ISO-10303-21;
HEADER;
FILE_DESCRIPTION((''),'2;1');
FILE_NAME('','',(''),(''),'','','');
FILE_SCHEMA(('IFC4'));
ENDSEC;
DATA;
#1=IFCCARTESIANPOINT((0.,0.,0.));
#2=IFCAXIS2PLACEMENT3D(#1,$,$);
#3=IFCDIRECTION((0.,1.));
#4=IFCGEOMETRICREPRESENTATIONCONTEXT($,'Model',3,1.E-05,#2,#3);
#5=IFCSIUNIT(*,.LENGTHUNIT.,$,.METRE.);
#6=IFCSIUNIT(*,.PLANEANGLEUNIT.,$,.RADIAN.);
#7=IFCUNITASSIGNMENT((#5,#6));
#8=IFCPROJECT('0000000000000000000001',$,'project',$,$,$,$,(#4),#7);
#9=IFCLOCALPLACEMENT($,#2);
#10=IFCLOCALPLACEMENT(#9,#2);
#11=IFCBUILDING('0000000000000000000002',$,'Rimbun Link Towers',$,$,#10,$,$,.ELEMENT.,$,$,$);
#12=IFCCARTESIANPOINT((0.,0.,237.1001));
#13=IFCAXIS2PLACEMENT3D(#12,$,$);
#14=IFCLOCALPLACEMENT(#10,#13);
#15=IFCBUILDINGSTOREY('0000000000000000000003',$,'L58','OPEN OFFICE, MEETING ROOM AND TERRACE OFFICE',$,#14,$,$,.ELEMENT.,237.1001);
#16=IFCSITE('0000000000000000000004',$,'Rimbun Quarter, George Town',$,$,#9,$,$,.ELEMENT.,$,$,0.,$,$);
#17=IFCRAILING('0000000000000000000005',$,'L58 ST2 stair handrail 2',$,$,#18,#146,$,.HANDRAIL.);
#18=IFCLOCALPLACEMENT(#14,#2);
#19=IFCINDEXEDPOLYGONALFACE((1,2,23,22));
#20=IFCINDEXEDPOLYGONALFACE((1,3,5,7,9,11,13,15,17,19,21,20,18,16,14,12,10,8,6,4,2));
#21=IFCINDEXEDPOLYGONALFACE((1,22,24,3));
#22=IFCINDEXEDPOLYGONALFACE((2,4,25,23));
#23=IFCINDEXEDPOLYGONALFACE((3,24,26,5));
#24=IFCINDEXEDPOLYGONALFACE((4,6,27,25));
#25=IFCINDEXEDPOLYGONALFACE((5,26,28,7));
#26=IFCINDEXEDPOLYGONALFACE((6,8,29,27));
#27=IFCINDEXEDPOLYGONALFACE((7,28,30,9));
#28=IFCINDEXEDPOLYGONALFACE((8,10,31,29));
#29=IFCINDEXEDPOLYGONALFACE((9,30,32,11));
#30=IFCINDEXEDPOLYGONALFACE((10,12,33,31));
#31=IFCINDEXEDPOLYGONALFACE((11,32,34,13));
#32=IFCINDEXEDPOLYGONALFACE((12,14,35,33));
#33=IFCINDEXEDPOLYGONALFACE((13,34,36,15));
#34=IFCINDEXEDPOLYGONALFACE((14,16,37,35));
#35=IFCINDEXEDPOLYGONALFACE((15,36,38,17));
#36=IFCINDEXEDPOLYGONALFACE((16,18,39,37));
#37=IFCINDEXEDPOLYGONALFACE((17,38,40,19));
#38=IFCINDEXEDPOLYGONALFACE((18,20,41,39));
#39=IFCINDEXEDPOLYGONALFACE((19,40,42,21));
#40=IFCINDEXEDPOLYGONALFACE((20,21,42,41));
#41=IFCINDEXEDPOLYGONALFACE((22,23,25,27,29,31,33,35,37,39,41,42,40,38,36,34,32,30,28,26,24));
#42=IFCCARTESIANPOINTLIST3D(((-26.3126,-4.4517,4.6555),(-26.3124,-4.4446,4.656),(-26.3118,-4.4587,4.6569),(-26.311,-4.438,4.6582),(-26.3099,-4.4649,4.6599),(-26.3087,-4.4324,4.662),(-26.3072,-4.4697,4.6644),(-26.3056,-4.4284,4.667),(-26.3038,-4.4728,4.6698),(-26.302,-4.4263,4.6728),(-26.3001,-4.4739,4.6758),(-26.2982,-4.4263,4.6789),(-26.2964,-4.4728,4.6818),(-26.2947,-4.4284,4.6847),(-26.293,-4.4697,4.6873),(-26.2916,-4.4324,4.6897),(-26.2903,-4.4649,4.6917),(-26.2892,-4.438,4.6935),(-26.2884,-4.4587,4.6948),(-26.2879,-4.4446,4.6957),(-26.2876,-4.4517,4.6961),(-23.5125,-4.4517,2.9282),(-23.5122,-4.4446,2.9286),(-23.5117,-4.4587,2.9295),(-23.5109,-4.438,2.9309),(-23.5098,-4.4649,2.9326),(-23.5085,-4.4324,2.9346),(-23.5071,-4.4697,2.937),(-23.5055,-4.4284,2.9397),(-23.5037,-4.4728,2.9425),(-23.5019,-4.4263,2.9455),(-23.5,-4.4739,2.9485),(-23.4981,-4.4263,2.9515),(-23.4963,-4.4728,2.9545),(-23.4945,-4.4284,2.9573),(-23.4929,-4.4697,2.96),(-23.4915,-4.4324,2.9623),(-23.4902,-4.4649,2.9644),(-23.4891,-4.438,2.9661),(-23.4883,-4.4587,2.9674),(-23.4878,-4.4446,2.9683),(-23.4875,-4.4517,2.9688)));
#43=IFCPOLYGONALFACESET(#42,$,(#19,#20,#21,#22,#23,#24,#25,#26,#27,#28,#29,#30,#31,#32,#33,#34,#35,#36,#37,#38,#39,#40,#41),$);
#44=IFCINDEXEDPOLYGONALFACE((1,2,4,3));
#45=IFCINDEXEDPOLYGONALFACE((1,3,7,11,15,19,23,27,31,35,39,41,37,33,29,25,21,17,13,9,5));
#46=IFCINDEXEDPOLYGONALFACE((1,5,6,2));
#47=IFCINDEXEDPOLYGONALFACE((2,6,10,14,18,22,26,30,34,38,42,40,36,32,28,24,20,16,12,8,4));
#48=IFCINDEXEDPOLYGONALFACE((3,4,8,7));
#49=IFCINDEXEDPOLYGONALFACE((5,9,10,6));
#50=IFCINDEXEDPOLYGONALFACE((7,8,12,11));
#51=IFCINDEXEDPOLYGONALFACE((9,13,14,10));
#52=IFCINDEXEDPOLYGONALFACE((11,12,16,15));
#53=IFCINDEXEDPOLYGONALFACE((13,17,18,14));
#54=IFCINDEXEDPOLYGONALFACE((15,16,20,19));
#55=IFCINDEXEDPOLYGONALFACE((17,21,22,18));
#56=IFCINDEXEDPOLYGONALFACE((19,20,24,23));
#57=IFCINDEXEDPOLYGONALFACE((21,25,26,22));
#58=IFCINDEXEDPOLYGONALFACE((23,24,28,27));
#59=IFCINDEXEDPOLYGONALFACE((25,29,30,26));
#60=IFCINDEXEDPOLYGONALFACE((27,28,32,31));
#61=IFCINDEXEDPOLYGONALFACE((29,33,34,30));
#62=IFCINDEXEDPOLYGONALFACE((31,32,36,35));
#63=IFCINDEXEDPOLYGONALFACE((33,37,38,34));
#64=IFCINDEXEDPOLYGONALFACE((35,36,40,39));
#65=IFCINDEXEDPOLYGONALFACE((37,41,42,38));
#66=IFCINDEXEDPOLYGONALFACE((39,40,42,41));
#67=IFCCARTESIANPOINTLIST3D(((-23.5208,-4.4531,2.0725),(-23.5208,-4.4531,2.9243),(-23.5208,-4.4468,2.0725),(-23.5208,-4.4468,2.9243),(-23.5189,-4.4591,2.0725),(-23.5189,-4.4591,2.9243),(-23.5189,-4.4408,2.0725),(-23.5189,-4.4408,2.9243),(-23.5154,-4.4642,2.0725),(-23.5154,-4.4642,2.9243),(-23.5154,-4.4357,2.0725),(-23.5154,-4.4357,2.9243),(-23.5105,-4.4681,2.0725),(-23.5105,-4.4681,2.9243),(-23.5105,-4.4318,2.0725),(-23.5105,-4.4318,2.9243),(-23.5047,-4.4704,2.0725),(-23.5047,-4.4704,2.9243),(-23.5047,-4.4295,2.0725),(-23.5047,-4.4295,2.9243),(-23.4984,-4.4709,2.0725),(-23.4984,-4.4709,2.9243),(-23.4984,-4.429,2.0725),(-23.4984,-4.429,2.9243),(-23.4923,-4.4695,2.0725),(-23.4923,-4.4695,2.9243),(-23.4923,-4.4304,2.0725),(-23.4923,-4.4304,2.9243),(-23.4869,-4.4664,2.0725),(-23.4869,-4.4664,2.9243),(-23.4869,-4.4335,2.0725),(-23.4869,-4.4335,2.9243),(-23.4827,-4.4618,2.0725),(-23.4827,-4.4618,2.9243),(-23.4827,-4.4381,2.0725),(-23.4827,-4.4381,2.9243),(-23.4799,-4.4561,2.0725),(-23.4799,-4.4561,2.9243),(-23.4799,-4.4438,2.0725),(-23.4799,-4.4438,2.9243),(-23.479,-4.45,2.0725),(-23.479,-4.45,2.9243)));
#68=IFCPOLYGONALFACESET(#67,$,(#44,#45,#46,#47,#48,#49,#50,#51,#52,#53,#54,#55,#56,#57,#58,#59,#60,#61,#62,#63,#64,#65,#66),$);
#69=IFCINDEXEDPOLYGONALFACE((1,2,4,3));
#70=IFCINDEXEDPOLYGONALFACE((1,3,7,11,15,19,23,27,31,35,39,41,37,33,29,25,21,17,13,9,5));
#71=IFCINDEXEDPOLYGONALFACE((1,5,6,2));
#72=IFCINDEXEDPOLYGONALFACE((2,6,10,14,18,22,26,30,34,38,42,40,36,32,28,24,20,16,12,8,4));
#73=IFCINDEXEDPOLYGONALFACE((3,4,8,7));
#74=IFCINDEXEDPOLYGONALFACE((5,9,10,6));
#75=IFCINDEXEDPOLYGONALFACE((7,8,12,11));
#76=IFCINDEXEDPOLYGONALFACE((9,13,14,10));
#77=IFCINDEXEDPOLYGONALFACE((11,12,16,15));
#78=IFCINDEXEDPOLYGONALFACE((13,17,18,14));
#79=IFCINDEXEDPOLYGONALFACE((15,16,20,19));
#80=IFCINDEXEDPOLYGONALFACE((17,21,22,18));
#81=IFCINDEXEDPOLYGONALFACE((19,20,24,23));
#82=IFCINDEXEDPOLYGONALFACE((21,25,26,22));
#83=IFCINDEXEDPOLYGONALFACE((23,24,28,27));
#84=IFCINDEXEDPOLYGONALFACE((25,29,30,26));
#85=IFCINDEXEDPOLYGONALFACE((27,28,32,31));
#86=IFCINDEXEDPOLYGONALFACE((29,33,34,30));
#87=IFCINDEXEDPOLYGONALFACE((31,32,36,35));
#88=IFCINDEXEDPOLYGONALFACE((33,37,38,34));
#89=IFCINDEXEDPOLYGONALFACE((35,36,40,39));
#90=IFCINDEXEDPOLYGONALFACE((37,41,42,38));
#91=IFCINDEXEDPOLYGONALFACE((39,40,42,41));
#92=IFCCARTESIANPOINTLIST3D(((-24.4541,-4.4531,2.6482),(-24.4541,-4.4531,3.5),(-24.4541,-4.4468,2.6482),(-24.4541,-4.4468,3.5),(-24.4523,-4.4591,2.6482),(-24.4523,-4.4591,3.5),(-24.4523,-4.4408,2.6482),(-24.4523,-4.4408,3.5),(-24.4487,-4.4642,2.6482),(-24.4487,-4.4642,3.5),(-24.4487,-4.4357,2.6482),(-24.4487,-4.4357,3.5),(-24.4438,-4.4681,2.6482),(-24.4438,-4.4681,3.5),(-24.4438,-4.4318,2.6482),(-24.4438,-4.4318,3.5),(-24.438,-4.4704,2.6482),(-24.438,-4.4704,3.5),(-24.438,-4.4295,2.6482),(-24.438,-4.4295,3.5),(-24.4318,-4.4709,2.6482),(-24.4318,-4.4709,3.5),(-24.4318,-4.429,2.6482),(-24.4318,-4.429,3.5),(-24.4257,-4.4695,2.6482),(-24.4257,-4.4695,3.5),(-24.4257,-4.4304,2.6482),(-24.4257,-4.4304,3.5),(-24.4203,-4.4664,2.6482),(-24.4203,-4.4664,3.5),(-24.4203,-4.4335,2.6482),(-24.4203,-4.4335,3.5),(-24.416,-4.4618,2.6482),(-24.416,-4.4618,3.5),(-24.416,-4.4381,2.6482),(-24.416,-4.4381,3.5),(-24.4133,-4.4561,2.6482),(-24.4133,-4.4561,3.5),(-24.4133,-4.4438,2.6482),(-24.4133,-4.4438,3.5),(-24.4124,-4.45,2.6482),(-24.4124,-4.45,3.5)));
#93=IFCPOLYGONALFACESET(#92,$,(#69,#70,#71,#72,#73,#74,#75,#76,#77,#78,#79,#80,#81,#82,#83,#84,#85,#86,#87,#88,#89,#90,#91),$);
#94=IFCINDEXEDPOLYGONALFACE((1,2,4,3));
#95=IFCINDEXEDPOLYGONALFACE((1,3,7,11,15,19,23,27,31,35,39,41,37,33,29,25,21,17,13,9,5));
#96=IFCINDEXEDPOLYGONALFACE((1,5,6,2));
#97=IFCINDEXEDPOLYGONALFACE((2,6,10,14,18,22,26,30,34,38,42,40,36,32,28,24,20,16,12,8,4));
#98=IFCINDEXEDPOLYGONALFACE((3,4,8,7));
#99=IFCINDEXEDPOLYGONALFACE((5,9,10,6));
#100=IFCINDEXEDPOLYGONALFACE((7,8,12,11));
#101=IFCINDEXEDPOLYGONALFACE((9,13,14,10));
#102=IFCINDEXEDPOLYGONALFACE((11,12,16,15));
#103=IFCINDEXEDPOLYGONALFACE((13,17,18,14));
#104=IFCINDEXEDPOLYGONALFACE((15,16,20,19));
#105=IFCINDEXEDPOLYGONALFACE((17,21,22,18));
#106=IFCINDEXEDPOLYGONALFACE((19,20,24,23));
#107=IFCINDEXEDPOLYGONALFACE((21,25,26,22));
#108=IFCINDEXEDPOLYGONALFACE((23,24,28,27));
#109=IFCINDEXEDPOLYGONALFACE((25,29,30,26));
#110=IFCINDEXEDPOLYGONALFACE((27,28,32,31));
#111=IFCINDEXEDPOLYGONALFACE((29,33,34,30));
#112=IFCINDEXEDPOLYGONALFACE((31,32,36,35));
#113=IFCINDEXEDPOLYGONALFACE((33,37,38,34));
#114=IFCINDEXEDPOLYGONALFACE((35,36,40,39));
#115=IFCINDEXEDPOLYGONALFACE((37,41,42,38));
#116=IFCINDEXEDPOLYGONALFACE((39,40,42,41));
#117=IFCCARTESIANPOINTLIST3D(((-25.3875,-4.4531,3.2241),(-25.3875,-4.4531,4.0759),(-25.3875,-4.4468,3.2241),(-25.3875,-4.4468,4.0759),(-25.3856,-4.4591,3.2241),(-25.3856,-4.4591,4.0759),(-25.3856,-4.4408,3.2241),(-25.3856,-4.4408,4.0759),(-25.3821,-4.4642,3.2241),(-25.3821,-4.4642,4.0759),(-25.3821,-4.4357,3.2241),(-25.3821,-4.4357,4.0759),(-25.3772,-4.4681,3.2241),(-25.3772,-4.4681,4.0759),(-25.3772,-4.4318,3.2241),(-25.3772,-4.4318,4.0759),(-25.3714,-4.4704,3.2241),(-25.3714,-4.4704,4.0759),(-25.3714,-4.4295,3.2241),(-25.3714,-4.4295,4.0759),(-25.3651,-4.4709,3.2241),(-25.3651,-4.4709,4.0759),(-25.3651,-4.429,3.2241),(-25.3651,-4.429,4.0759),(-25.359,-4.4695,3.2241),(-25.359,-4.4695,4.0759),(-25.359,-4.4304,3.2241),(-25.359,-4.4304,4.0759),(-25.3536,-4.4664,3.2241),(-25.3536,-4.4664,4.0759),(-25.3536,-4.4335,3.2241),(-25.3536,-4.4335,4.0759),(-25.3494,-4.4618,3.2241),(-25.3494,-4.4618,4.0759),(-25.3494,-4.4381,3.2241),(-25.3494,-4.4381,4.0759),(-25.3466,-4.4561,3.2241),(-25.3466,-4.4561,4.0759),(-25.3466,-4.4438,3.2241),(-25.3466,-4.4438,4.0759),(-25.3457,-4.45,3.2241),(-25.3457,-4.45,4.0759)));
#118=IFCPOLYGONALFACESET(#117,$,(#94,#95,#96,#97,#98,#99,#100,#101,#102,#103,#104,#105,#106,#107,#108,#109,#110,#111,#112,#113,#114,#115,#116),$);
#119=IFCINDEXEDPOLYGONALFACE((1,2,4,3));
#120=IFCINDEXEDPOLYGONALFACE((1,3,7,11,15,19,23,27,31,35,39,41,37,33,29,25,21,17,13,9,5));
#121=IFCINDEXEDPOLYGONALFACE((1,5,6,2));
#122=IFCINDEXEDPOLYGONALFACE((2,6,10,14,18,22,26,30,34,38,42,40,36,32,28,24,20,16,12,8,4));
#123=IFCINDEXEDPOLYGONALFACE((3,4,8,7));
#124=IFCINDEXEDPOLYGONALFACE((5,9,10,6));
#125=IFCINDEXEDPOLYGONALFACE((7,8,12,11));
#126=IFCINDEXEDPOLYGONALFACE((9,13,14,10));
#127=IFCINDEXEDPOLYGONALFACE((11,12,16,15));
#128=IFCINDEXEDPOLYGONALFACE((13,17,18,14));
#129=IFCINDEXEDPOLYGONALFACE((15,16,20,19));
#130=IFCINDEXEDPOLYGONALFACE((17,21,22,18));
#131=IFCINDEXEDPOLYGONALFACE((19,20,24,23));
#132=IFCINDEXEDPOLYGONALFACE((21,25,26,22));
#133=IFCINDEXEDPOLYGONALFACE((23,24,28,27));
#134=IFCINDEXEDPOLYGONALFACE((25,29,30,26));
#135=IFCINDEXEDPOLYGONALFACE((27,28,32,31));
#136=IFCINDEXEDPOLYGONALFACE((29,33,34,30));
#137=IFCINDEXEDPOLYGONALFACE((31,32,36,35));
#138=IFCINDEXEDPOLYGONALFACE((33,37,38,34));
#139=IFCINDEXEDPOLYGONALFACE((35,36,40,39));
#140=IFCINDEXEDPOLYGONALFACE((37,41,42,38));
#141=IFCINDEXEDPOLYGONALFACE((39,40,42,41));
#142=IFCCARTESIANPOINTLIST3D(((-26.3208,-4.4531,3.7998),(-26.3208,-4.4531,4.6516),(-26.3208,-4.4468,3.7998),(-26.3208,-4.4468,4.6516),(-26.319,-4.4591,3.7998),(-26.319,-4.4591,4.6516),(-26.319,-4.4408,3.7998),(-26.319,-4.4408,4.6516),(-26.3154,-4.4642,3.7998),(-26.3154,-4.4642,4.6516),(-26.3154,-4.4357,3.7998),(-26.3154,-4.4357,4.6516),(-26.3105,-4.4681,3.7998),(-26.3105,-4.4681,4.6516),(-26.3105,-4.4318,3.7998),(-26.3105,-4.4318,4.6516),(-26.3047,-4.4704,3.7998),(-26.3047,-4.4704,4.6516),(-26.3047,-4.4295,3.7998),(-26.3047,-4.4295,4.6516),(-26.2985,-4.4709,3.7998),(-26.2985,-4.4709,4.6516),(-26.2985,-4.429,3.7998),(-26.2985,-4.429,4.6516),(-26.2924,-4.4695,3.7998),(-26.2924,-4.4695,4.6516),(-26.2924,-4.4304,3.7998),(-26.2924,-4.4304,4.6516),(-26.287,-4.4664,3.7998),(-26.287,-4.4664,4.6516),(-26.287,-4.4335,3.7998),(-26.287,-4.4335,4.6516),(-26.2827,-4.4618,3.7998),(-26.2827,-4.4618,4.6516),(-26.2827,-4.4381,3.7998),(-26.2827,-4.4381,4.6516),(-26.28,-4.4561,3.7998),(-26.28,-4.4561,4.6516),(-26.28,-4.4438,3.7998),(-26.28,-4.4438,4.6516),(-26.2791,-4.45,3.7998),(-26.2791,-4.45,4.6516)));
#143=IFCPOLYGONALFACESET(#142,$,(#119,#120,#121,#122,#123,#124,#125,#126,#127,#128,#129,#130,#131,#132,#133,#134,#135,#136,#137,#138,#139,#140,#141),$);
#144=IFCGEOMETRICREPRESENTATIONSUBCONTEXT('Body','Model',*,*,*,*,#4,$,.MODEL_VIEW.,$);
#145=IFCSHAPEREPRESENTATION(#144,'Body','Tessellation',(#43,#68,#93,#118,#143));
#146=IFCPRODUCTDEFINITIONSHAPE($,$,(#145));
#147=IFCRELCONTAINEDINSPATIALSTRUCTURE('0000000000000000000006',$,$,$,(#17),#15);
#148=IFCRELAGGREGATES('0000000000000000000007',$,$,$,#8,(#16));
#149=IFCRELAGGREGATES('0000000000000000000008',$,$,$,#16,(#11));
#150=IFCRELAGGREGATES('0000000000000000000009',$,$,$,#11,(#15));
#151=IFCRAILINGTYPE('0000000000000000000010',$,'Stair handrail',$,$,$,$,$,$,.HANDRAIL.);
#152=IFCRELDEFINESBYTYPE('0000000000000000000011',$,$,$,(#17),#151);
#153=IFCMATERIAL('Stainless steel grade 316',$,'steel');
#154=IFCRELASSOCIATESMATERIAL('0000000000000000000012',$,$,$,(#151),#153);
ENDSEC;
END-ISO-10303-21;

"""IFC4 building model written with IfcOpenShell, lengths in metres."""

from ifc_helpers import new_model, si_unit, direction, frame, origin, origin_2d, place, context, subcontext, project, spatial, circle, extrude, material, type_object, element, save


model = new_model("IFC4")

# Units and contexts
model_context = context("Model", 3, precision=1e-05, world=origin(), true_north=direction((0.0, 1.0)))
body_context = subcontext(model_context, "Body", "Model", "MODEL_VIEW")
ifc_project = project(units=[si_unit("LENGTHUNIT", "METRE"), si_unit("PLANEANGLEUNIT", "RADIAN")], contexts=[model_context])

# Site, building, storey
site_placement = place(None, origin())
site = spatial("IfcSite", under=ifc_project, at=site_placement, Name="Rimbun Quarter, George Town", CompositionType="ELEMENT", RefElevation=0.0)
building_placement = place(site_placement, origin())
building = spatial("IfcBuilding", under=site, at=building_placement, Name="Rimbun Link Towers", CompositionType="ELEMENT")
storey_placement = place(building_placement, frame((0.0, 0.0, 237.1001)))
storey = spatial("IfcBuildingStorey", under=building, at=storey_placement, Name="L58", Description="OPEN OFFICE, MEETING ROOM AND TERRACE OFFICE", CompositionType="ELEMENT", Elevation=237.1001)

# Railing
ifc_material_1 = material(Name="Stainless steel grade 316", Category="steel")
railing_type_1 = type_object("IfcRailingType", Name="Stair handrail", PredefinedType="HANDRAIL", material=ifc_material_1)
railing_1_placement = place(storey_placement, frame((-23.5, -4.45, 2.0725)))
element("IfcRailing", 1, at=railing_1_placement, inside=storey, type_object=railing_type_1, Name="L58 ST2 stair handrail 2", PredefinedType="HANDRAIL", context=body_context, shape_type="SweptSolid", body=[
    extrude(circle(Radius=0.0239, at=origin_2d()), frame((0.0, 0.0, 0.876), z_axis=(-0.85109, 0.0, 0.52502), x_axis=(0.0, -1.0, 0.0)), (0.0, 0.0, 1.0), 3.29),
    extrude(circle(Radius=0.021, at=origin_2d()), origin(), (0.0, 0.0, 1.0), 0.8518),
    extrude(circle(Radius=0.021, at=origin_2d()), frame((-0.9333, 0.0, 0.5757)), (0.0, 0.0, 1.0), 0.8518),
    extrude(circle(Radius=0.021, at=origin_2d()), frame((-1.8667, 0.0, 1.1516)), (0.0, 0.0, 1.0), 0.8518),
    extrude(circle(Radius=0.021, at=origin_2d()), frame((-2.8, 0.0, 1.7273)), (0.0, 0.0, 1.0), 0.8518),
])

save(model, "model.ifc")
